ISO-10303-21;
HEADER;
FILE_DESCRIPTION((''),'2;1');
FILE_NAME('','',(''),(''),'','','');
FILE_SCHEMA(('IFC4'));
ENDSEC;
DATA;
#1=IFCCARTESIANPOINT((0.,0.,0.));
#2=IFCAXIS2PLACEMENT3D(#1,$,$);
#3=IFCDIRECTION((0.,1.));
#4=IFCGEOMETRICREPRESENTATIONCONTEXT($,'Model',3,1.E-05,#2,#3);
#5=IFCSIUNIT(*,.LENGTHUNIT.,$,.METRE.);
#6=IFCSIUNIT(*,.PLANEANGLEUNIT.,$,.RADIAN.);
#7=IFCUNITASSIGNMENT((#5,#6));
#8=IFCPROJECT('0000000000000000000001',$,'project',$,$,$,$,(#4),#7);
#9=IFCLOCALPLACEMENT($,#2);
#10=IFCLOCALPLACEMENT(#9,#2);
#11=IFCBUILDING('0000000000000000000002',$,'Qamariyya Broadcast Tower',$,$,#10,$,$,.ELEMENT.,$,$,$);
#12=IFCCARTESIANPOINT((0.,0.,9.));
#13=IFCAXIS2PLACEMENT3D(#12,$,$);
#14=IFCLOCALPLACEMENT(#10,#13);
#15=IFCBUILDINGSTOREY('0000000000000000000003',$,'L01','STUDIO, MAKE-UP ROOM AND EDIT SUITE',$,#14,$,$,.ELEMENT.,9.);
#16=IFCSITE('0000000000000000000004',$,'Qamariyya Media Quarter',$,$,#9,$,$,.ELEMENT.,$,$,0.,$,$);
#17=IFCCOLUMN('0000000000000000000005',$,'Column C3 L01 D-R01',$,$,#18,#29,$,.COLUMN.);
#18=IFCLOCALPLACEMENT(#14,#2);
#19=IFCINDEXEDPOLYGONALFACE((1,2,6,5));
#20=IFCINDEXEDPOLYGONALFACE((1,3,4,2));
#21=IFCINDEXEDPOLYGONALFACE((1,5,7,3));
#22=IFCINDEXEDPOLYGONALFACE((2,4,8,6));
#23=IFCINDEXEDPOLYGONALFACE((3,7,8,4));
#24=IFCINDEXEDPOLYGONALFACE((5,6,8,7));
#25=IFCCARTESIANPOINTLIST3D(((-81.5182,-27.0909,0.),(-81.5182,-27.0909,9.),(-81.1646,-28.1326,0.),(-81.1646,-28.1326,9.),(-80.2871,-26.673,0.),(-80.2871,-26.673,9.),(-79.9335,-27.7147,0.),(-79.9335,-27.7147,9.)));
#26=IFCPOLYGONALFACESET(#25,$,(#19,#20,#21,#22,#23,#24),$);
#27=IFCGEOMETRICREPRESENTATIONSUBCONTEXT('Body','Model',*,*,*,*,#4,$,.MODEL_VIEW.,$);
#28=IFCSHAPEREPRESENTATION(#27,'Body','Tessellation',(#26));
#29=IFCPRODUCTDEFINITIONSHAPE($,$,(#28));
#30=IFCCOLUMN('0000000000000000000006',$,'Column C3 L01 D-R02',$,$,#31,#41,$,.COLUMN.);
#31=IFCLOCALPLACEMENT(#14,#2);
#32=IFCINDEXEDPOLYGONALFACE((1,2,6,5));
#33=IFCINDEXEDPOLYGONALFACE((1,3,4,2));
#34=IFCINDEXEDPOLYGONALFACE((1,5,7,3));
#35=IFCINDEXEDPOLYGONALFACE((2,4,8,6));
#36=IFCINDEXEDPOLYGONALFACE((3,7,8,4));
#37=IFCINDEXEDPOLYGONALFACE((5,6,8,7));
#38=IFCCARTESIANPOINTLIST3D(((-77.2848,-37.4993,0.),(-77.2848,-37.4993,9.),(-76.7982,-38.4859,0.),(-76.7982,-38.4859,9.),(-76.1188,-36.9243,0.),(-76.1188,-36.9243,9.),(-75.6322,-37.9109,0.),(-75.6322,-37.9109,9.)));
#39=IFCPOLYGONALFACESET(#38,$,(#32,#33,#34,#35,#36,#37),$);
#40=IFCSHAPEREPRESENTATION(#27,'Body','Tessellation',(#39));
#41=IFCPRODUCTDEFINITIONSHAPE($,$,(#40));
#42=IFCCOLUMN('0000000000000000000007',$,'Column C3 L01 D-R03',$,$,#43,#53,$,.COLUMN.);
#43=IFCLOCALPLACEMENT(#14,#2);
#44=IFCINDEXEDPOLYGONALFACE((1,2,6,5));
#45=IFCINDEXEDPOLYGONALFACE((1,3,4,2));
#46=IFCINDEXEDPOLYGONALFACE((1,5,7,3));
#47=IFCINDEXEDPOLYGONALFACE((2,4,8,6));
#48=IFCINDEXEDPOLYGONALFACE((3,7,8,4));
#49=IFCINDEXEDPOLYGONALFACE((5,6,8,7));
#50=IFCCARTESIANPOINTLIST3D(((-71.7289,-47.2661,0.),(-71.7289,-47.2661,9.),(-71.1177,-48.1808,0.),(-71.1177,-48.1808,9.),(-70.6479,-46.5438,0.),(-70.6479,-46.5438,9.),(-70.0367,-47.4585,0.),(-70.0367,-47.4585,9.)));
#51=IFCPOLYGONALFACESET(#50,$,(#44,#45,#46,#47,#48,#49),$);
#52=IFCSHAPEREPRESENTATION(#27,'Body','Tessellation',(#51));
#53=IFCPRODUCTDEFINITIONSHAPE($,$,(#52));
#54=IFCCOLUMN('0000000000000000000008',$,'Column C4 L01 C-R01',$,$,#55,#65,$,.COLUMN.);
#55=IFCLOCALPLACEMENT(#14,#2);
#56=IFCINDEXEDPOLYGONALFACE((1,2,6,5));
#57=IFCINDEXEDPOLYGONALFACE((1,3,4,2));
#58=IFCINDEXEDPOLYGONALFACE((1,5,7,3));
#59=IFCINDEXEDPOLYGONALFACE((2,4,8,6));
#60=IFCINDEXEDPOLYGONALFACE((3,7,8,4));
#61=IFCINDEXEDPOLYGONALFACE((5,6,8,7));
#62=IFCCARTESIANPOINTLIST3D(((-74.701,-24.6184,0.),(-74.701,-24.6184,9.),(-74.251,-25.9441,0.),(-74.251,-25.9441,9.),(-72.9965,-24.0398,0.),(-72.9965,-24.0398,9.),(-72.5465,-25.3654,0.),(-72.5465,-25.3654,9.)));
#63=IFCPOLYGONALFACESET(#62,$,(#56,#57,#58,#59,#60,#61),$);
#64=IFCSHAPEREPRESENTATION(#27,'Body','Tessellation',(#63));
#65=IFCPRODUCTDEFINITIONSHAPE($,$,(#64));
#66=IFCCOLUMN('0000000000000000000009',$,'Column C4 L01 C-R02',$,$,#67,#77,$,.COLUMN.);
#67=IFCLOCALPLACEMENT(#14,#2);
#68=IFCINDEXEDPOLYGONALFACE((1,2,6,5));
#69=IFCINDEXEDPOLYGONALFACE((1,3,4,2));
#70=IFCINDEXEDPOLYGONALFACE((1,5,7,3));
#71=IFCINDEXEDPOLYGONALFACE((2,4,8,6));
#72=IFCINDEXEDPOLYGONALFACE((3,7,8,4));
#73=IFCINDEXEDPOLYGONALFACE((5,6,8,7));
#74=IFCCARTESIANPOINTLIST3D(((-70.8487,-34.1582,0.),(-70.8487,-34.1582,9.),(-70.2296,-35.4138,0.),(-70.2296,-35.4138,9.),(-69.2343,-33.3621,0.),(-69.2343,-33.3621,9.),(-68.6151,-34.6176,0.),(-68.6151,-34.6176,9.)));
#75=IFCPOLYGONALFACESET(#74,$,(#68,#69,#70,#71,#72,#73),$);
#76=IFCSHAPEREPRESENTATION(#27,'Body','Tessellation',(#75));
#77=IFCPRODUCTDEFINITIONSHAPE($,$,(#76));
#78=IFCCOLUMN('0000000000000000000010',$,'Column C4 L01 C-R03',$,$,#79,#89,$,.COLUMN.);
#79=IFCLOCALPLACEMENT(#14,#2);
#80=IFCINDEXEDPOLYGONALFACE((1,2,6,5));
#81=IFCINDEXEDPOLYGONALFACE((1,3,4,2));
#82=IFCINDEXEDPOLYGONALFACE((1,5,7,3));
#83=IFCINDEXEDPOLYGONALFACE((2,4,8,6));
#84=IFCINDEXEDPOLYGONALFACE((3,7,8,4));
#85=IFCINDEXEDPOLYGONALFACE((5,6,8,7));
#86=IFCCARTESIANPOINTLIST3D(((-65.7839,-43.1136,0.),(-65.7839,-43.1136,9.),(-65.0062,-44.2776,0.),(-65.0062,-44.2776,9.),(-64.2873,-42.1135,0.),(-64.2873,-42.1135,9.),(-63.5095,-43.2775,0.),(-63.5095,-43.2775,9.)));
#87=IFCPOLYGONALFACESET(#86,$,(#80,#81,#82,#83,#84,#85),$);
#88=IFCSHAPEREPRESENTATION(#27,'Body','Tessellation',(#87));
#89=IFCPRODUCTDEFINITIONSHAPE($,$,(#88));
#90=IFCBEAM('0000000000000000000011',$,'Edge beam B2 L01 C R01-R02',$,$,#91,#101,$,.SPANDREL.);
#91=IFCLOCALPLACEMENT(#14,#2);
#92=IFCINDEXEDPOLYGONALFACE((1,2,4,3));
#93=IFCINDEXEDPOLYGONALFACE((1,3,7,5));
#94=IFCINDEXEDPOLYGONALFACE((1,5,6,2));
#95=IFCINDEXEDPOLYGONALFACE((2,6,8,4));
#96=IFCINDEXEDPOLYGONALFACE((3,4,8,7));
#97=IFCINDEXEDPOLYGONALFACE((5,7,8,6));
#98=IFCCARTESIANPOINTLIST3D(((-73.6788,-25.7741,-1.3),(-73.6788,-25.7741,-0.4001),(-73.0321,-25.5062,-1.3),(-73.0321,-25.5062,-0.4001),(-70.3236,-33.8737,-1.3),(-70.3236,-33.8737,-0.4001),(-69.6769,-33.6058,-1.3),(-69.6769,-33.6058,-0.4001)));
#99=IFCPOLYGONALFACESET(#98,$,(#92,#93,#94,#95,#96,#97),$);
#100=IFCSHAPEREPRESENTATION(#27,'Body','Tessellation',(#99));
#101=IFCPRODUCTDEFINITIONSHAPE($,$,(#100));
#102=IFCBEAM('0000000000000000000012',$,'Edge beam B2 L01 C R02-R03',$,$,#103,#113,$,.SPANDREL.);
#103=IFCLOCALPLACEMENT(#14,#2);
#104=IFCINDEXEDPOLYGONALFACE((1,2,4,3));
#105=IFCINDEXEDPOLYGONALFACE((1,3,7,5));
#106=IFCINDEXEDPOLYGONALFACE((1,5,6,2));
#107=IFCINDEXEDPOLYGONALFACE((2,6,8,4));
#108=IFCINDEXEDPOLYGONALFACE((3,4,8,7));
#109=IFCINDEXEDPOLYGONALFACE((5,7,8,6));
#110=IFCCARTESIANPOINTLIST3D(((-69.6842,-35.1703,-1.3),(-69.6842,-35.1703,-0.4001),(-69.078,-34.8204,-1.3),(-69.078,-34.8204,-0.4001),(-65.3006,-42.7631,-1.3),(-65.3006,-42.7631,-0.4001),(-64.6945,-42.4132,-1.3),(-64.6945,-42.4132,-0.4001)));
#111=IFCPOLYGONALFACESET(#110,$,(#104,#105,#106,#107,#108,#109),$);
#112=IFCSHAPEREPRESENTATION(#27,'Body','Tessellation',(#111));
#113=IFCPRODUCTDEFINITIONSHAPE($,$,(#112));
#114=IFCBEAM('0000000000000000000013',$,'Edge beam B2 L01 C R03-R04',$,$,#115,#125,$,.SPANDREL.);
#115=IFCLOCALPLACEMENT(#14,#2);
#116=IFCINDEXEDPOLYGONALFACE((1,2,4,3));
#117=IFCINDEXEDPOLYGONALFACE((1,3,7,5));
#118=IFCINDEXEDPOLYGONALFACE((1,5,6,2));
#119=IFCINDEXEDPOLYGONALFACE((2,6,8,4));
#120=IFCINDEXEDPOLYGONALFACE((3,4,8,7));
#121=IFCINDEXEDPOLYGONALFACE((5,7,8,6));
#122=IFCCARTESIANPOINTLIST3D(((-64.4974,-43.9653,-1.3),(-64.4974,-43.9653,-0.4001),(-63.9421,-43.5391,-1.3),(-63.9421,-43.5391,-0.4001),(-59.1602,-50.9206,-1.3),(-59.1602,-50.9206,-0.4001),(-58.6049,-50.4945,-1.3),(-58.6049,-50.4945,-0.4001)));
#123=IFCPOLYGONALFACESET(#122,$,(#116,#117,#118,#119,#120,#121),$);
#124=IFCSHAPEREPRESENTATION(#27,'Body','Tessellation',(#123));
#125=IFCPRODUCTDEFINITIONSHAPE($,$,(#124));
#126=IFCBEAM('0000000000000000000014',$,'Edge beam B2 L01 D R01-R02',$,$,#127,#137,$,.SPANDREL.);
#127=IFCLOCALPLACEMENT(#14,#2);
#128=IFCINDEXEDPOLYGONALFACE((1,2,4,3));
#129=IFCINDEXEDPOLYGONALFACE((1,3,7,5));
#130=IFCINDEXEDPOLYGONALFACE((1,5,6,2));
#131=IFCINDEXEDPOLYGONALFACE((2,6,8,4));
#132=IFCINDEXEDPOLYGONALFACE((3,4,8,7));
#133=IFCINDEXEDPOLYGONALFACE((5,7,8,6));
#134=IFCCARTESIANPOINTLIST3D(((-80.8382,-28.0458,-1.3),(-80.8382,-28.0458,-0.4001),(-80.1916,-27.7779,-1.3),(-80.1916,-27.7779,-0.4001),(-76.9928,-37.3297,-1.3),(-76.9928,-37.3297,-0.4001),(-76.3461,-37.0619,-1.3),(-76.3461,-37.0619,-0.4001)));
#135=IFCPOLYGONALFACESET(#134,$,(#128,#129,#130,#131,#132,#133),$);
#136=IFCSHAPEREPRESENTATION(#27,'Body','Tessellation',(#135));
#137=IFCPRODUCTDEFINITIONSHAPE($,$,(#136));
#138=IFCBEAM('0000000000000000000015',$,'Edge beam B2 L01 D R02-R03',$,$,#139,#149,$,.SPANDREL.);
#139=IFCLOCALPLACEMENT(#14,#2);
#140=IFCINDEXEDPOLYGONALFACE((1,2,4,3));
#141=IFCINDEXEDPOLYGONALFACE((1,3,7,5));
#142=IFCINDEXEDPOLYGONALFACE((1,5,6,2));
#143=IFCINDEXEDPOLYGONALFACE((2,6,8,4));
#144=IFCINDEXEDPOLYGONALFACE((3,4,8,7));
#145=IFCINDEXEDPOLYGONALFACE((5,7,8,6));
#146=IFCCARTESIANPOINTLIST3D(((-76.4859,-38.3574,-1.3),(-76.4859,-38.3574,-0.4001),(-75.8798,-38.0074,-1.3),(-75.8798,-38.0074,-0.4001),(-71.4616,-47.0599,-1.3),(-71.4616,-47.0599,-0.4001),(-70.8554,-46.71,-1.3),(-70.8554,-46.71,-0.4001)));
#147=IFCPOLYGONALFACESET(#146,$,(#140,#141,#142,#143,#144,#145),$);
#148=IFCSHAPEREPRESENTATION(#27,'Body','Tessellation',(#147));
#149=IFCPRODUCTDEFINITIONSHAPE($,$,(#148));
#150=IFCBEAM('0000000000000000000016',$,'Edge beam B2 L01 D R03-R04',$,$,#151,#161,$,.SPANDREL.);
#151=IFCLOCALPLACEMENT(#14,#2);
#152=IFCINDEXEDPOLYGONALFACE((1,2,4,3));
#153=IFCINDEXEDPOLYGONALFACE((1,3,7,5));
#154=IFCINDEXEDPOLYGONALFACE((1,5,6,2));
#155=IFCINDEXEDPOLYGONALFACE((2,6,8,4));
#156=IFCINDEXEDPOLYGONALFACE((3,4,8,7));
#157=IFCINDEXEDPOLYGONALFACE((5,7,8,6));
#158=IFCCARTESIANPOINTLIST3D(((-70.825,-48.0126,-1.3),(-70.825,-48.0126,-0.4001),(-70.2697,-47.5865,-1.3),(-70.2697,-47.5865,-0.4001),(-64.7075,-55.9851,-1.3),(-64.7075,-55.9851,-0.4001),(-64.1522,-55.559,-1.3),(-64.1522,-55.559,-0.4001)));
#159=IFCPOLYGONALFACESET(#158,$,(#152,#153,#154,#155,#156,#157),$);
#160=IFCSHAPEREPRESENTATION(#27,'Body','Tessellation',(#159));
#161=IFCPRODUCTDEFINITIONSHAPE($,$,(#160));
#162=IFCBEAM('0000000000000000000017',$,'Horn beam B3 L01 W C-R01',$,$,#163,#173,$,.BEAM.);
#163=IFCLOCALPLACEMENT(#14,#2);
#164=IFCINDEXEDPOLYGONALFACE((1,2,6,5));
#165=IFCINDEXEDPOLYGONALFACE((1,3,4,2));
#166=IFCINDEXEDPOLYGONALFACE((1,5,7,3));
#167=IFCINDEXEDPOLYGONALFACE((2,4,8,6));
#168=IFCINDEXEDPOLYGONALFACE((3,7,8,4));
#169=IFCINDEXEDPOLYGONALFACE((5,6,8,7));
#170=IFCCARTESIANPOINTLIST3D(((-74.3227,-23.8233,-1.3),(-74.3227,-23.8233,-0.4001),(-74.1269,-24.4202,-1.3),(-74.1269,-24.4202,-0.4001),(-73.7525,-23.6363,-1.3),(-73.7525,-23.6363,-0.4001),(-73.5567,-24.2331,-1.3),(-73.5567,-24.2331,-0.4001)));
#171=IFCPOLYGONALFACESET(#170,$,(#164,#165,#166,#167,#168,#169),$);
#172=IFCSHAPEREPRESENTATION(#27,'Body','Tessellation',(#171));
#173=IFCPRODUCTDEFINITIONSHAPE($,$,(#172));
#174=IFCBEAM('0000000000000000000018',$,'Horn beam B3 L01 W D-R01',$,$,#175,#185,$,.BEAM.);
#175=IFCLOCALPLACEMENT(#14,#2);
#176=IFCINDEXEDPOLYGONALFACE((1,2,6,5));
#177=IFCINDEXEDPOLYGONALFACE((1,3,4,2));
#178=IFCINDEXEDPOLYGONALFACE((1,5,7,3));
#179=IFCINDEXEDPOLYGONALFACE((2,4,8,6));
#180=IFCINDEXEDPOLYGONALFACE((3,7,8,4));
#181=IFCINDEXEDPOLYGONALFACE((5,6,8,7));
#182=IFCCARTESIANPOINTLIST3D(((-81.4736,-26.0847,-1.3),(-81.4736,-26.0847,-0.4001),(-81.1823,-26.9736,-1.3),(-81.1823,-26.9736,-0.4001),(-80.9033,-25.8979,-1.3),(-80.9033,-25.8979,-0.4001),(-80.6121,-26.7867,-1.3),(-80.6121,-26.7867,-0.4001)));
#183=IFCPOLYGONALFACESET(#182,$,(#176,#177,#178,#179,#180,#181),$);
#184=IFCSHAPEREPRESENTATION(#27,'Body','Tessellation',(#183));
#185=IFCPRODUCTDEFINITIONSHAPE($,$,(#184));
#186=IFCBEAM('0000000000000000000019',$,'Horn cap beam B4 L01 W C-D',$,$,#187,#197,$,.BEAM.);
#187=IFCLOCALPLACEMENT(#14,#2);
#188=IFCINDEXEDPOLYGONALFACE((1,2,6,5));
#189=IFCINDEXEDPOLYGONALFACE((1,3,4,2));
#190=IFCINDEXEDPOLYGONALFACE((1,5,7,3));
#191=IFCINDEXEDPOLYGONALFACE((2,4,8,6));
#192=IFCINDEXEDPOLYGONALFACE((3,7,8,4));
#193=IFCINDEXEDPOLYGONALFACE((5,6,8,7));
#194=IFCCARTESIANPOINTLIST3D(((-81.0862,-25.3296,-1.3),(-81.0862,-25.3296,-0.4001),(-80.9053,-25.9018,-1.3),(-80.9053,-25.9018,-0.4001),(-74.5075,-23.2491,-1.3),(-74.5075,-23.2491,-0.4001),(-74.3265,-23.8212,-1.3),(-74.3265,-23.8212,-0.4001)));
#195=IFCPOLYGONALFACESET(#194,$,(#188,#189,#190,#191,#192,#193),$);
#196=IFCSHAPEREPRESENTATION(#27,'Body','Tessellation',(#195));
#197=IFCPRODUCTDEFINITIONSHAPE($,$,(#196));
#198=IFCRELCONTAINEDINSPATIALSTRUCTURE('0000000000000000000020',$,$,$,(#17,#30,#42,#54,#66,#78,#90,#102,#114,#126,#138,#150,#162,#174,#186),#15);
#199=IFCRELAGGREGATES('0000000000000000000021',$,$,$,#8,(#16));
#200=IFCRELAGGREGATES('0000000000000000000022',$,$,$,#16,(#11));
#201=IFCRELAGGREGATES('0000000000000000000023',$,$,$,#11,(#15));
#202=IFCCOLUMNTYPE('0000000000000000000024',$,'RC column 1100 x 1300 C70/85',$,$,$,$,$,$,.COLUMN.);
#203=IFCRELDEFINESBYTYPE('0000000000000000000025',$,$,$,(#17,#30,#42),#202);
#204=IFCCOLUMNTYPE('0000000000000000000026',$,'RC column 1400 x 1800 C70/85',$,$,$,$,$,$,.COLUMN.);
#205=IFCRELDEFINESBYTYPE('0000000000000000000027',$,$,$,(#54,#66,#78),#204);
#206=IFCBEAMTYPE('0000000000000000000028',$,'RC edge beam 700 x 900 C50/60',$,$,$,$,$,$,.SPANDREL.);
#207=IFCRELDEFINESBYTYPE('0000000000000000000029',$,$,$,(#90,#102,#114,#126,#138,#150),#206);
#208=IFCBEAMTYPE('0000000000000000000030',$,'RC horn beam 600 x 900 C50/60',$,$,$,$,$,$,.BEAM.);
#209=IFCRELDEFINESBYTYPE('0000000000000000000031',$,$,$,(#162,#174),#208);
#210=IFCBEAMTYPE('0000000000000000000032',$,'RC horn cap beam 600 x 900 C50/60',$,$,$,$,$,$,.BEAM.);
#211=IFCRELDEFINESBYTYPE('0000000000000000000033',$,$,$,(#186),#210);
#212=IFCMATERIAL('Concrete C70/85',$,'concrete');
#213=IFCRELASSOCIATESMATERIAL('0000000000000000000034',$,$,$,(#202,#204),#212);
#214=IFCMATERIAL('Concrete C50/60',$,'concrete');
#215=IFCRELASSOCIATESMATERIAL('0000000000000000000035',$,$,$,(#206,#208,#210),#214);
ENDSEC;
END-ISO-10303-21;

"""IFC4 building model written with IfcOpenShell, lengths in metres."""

from ifc_helpers import new_model, si_unit, direction, frame, origin, origin_2d, place, context, subcontext, project, spatial, rectangle, extrude, material, material_profile, profile_set, type_object, element, save


model = new_model("IFC4")

# Units and contexts
model_context = context("Model", 3, precision=1e-05, world=origin(), true_north=direction((0.0, 1.0)))
body_context = subcontext(model_context, "Body", "Model", "MODEL_VIEW")
ifc_project = project(units=[si_unit("LENGTHUNIT", "METRE"), si_unit("PLANEANGLEUNIT", "RADIAN")], contexts=[model_context])

# Site, building, storey
site_placement = place(None, origin())
site = spatial("IfcSite", under=ifc_project, at=site_placement, Name="Qamariyya Media Quarter", CompositionType="ELEMENT", RefElevation=0.0)
building_placement = place(site_placement, origin())
building = spatial("IfcBuilding", under=site, at=building_placement, Name="Qamariyya Broadcast Tower", CompositionType="ELEMENT")
storey_placement = place(building_placement, frame((0.0, 0.0, 9.0)))
storey = spatial("IfcBuildingStorey", under=building, at=storey_placement, Name="L01", Description="STUDIO, MAKE-UP ROOM AND EDIT SUITE", CompositionType="ELEMENT", Elevation=9.0)

# Columns
ifc_material_1 = material(Name="Concrete C70/85", Category="concrete")
ifc_material_profile_1 = material_profile(ifc_material_1, rectangle(XDim=1.1001, YDim=1.3, at=origin_2d()))
ifc_profile_set_1 = profile_set([ifc_material_profile_1], Name="Concrete C70/85")
column_type_1 = type_object("IfcColumnType", Name="RC column 1100 x 1300 C70/85", PredefinedType="COLUMN", material=ifc_profile_set_1)
for number, where, z_axis, x_axis, name in (
    (1, (-80.7258, -27.4028, 0.0), (0.0, 0.0, 1.0), (0.321439, -0.94693, 0.0), "Column C3 L01 D-R01"),
    (2, (-76.4585, -37.7051, 0.0), (0.0, 0.0, 1.0), (0.442289, -0.896873, 0.0), "Column C3 L01 D-R02"),
    (3, (-70.8828, -47.3623, 0.0), (0.0, 0.0, 1.0), (0.55557, -0.83147, 0.0), "Column C3 L01 D-R03"),
):
    element("IfcColumn", number, at=place(storey_placement, frame(where, z_axis=z_axis, x_axis=x_axis)), inside=storey, type_object=column_type_1, Name=name, PredefinedType="COLUMN", context=body_context, shape_type="SweptSolid", body=[
        extrude(rectangle(XDim=1.1001, YDim=1.3, at=origin_2d()), origin(), (0.0, 0.0, 1.0), 9.0),
    ])
ifc_material_profile_2 = material_profile(ifc_material_1, rectangle(XDim=1.3999, YDim=1.8, at=origin_2d()))
ifc_profile_set_2 = profile_set([ifc_material_profile_2], Name="Concrete C70/85")
column_type_2 = type_object("IfcColumnType", Name="RC column 1400 x 1800 C70/85", PredefinedType="COLUMN", material=ifc_profile_set_2)
for number, where, z_axis, x_axis, name in (
    (4, (-73.6238, -24.9919, 0.0), (0.0, 0.0, 1.0), (0.321439, -0.94693, 0.0), "Column C4 L01 C-R01"),
    (5, (-69.7319, -34.3879, 0.0), (0.0, 0.0, 1.0), (0.442289, -0.896873, 0.0), "Column C4 L01 C-R02"),
    (6, (-64.6467, -43.1956, 0.0), (0.0, 0.0, 1.0), (0.55557, -0.83147, 0.0), "Column C4 L01 C-R03"),
):
    element("IfcColumn", number, at=place(storey_placement, frame(where, z_axis=z_axis, x_axis=x_axis)), inside=storey, type_object=column_type_2, Name=name, PredefinedType="COLUMN", context=body_context, shape_type="SweptSolid", body=[
        extrude(rectangle(XDim=1.3999, YDim=1.8, at=origin_2d()), origin(), (0.0, 0.0, 1.0), 9.0),
    ])

# Beams
ifc_material_2 = material(Name="Concrete C50/60", Category="concrete")
ifc_material_profile_3 = material_profile(ifc_material_2, rectangle(XDim=0.7, YDim=0.8999, at=origin_2d()))
ifc_profile_set_3 = profile_set([ifc_material_profile_3], Name="Concrete C50/60")
beam_type_1 = type_object("IfcBeamType", Name="RC edge beam 700 x 900 C50/60", PredefinedType="SPANDREL", material=ifc_profile_set_3)
beam_1_placement = place(storey_placement, frame((-73.3555, -25.6401, -0.8501), z_axis=(0.382708, -0.923869, 0.0), x_axis=(0.923869, 0.382708, 0.0)))
element("IfcBeam", 7, at=beam_1_placement, inside=storey, type_object=beam_type_1, Name="Edge beam B2 L01 C R01-R02", PredefinedType="SPANDREL", context=body_context, shape_type="SweptSolid", body=[
    extrude(rectangle(XDim=0.7, YDim=0.8999, at=origin_2d()), origin(), (0.0, 0.0, 1.0), 8.7671),
])
beam_2_placement = place(storey_placement, frame((-69.3811, -34.9954, -0.8501), z_axis=(0.499988, -0.866033, 0.0), x_axis=(0.866033, 0.499988, 0.0)))
element("IfcBeam", 8, at=beam_2_placement, inside=storey, type_object=beam_type_1, Name="Edge beam B2 L01 C R02-R03", PredefinedType="SPANDREL", context=body_context, shape_type="SweptSolid", body=[
    extrude(rectangle(XDim=0.7, YDim=0.8999, at=origin_2d()), origin(), (0.0, 0.0, 1.0), 8.7673),
])
beam_3_placement = place(storey_placement, frame((-64.2197, -43.7522, -0.8501), z_axis=(0.608772, -0.793345, 0.0), x_axis=(0.793345, 0.608772, 0.0)))
element("IfcBeam", 9, at=beam_3_placement, inside=storey, type_object=beam_type_1, Name="Edge beam B2 L01 C R03-R04", PredefinedType="SPANDREL", context=body_context, shape_type="SweptSolid", body=[
    extrude(rectangle(XDim=0.7, YDim=0.8999, at=origin_2d()), origin(), (0.0, 0.0, 1.0), 8.7671),
])
for number, where, z_axis, x_axis, name in (
    (10, (-80.5149, -27.9119, -0.8501), (0.382677, -0.923882, 0.0), (0.923882, 0.382677, 0.0), "Edge beam B2 L01 D R01-R02"),
    (11, (-76.1829, -38.1824, -0.8501), (0.499996, -0.866028, 0.0), (0.866028, 0.499996, 0.0), "Edge beam B2 L01 D R02-R03"),
):
    element("IfcBeam", number, at=place(storey_placement, frame(where, z_axis=z_axis, x_axis=x_axis)), inside=storey, type_object=beam_type_1, Name=name, PredefinedType="SPANDREL", context=body_context, shape_type="SweptSolid", body=[
        extrude(rectangle(XDim=0.7, YDim=0.8999, at=origin_2d()), origin(), (0.0, 0.0, 1.0), 10.0488),
    ])
beam_4_placement = place(storey_placement, frame((-70.5474, -47.7996, -0.8501), z_axis=(0.60876, -0.793354, 0.0), x_axis=(0.793354, 0.60876, 0.0)))
element("IfcBeam", 12, at=beam_4_placement, inside=storey, type_object=beam_type_1, Name="Edge beam B2 L01 D R03-R04", PredefinedType="SPANDREL", context=body_context, shape_type="SweptSolid", body=[
    extrude(rectangle(XDim=0.7, YDim=0.8999, at=origin_2d()), origin(), (0.0, 0.0, 1.0), 10.0491),
])
ifc_material_profile_4 = material_profile(ifc_material_2, rectangle(XDim=0.6001, YDim=0.8999, at=origin_2d()))
ifc_profile_set_4 = profile_set([ifc_material_profile_4], Name="Concrete C50/60")
beam_type_2 = type_object("IfcBeamType", Name="RC horn beam 600 x 900 C50/60", PredefinedType="BEAM", material=ifc_profile_set_4)
beam_5_placement = place(storey_placement, frame((-73.8418, -24.3267, -0.8501), z_axis=(-0.311677, 0.950188, 0.0), x_axis=(-0.950188, -0.311677, 0.0)))
element("IfcBeam", 13, at=beam_5_placement, inside=storey, type_object=beam_type_2, Name="Horn beam B3 L01 W C-R01", PredefinedType="BEAM", context=body_context, shape_type="SweptSolid", body=[
    extrude(rectangle(XDim=0.6001, YDim=0.8999, at=origin_2d()), origin(), (0.0, 0.0, 1.0), 0.6282),
])
beam_6_placement = place(storey_placement, frame((-80.8972, -26.8801, -0.8501), z_axis=(-0.311369, 0.950289, 0.0), x_axis=(-0.950289, -0.311369, 0.0)))
element("IfcBeam", 14, at=beam_6_placement, inside=storey, type_object=beam_type_2, Name="Horn beam B3 L01 W D-R01", PredefinedType="BEAM", context=body_context, shape_type="SweptSolid", body=[
    extrude(rectangle(XDim=0.6001, YDim=0.8999, at=origin_2d()), origin(), (0.0, 0.0, 1.0), 0.9353),
])
ifc_material_profile_5 = material_profile(ifc_material_2, rectangle(XDim=0.6001, YDim=0.8999, at=origin_2d()))
ifc_profile_set_5 = profile_set([ifc_material_profile_5], Name="Concrete C50/60")
beam_type_3 = type_object("IfcBeamType", Name="RC horn cap beam 600 x 900 C50/60", PredefinedType="BEAM", material=ifc_profile_set_5)
beam_7_placement = place(storey_placement, frame((-74.417, -23.5352, -0.8501), z_axis=(-0.953456, -0.301531, 0.0), x_axis=(0.301531, -0.953456, 0.0)))
element("IfcBeam", 15, at=beam_7_placement, inside=storey, type_object=beam_type_3, Name="Horn cap beam B4 L01 W C-D", PredefinedType="BEAM", context=body_context, shape_type="SweptSolid", body=[
    extrude(rectangle(XDim=0.6001, YDim=0.8999, at=origin_2d()), origin(), (0.0, 0.0, 1.0), 6.8999),
])

save(model, "model.ifc")
